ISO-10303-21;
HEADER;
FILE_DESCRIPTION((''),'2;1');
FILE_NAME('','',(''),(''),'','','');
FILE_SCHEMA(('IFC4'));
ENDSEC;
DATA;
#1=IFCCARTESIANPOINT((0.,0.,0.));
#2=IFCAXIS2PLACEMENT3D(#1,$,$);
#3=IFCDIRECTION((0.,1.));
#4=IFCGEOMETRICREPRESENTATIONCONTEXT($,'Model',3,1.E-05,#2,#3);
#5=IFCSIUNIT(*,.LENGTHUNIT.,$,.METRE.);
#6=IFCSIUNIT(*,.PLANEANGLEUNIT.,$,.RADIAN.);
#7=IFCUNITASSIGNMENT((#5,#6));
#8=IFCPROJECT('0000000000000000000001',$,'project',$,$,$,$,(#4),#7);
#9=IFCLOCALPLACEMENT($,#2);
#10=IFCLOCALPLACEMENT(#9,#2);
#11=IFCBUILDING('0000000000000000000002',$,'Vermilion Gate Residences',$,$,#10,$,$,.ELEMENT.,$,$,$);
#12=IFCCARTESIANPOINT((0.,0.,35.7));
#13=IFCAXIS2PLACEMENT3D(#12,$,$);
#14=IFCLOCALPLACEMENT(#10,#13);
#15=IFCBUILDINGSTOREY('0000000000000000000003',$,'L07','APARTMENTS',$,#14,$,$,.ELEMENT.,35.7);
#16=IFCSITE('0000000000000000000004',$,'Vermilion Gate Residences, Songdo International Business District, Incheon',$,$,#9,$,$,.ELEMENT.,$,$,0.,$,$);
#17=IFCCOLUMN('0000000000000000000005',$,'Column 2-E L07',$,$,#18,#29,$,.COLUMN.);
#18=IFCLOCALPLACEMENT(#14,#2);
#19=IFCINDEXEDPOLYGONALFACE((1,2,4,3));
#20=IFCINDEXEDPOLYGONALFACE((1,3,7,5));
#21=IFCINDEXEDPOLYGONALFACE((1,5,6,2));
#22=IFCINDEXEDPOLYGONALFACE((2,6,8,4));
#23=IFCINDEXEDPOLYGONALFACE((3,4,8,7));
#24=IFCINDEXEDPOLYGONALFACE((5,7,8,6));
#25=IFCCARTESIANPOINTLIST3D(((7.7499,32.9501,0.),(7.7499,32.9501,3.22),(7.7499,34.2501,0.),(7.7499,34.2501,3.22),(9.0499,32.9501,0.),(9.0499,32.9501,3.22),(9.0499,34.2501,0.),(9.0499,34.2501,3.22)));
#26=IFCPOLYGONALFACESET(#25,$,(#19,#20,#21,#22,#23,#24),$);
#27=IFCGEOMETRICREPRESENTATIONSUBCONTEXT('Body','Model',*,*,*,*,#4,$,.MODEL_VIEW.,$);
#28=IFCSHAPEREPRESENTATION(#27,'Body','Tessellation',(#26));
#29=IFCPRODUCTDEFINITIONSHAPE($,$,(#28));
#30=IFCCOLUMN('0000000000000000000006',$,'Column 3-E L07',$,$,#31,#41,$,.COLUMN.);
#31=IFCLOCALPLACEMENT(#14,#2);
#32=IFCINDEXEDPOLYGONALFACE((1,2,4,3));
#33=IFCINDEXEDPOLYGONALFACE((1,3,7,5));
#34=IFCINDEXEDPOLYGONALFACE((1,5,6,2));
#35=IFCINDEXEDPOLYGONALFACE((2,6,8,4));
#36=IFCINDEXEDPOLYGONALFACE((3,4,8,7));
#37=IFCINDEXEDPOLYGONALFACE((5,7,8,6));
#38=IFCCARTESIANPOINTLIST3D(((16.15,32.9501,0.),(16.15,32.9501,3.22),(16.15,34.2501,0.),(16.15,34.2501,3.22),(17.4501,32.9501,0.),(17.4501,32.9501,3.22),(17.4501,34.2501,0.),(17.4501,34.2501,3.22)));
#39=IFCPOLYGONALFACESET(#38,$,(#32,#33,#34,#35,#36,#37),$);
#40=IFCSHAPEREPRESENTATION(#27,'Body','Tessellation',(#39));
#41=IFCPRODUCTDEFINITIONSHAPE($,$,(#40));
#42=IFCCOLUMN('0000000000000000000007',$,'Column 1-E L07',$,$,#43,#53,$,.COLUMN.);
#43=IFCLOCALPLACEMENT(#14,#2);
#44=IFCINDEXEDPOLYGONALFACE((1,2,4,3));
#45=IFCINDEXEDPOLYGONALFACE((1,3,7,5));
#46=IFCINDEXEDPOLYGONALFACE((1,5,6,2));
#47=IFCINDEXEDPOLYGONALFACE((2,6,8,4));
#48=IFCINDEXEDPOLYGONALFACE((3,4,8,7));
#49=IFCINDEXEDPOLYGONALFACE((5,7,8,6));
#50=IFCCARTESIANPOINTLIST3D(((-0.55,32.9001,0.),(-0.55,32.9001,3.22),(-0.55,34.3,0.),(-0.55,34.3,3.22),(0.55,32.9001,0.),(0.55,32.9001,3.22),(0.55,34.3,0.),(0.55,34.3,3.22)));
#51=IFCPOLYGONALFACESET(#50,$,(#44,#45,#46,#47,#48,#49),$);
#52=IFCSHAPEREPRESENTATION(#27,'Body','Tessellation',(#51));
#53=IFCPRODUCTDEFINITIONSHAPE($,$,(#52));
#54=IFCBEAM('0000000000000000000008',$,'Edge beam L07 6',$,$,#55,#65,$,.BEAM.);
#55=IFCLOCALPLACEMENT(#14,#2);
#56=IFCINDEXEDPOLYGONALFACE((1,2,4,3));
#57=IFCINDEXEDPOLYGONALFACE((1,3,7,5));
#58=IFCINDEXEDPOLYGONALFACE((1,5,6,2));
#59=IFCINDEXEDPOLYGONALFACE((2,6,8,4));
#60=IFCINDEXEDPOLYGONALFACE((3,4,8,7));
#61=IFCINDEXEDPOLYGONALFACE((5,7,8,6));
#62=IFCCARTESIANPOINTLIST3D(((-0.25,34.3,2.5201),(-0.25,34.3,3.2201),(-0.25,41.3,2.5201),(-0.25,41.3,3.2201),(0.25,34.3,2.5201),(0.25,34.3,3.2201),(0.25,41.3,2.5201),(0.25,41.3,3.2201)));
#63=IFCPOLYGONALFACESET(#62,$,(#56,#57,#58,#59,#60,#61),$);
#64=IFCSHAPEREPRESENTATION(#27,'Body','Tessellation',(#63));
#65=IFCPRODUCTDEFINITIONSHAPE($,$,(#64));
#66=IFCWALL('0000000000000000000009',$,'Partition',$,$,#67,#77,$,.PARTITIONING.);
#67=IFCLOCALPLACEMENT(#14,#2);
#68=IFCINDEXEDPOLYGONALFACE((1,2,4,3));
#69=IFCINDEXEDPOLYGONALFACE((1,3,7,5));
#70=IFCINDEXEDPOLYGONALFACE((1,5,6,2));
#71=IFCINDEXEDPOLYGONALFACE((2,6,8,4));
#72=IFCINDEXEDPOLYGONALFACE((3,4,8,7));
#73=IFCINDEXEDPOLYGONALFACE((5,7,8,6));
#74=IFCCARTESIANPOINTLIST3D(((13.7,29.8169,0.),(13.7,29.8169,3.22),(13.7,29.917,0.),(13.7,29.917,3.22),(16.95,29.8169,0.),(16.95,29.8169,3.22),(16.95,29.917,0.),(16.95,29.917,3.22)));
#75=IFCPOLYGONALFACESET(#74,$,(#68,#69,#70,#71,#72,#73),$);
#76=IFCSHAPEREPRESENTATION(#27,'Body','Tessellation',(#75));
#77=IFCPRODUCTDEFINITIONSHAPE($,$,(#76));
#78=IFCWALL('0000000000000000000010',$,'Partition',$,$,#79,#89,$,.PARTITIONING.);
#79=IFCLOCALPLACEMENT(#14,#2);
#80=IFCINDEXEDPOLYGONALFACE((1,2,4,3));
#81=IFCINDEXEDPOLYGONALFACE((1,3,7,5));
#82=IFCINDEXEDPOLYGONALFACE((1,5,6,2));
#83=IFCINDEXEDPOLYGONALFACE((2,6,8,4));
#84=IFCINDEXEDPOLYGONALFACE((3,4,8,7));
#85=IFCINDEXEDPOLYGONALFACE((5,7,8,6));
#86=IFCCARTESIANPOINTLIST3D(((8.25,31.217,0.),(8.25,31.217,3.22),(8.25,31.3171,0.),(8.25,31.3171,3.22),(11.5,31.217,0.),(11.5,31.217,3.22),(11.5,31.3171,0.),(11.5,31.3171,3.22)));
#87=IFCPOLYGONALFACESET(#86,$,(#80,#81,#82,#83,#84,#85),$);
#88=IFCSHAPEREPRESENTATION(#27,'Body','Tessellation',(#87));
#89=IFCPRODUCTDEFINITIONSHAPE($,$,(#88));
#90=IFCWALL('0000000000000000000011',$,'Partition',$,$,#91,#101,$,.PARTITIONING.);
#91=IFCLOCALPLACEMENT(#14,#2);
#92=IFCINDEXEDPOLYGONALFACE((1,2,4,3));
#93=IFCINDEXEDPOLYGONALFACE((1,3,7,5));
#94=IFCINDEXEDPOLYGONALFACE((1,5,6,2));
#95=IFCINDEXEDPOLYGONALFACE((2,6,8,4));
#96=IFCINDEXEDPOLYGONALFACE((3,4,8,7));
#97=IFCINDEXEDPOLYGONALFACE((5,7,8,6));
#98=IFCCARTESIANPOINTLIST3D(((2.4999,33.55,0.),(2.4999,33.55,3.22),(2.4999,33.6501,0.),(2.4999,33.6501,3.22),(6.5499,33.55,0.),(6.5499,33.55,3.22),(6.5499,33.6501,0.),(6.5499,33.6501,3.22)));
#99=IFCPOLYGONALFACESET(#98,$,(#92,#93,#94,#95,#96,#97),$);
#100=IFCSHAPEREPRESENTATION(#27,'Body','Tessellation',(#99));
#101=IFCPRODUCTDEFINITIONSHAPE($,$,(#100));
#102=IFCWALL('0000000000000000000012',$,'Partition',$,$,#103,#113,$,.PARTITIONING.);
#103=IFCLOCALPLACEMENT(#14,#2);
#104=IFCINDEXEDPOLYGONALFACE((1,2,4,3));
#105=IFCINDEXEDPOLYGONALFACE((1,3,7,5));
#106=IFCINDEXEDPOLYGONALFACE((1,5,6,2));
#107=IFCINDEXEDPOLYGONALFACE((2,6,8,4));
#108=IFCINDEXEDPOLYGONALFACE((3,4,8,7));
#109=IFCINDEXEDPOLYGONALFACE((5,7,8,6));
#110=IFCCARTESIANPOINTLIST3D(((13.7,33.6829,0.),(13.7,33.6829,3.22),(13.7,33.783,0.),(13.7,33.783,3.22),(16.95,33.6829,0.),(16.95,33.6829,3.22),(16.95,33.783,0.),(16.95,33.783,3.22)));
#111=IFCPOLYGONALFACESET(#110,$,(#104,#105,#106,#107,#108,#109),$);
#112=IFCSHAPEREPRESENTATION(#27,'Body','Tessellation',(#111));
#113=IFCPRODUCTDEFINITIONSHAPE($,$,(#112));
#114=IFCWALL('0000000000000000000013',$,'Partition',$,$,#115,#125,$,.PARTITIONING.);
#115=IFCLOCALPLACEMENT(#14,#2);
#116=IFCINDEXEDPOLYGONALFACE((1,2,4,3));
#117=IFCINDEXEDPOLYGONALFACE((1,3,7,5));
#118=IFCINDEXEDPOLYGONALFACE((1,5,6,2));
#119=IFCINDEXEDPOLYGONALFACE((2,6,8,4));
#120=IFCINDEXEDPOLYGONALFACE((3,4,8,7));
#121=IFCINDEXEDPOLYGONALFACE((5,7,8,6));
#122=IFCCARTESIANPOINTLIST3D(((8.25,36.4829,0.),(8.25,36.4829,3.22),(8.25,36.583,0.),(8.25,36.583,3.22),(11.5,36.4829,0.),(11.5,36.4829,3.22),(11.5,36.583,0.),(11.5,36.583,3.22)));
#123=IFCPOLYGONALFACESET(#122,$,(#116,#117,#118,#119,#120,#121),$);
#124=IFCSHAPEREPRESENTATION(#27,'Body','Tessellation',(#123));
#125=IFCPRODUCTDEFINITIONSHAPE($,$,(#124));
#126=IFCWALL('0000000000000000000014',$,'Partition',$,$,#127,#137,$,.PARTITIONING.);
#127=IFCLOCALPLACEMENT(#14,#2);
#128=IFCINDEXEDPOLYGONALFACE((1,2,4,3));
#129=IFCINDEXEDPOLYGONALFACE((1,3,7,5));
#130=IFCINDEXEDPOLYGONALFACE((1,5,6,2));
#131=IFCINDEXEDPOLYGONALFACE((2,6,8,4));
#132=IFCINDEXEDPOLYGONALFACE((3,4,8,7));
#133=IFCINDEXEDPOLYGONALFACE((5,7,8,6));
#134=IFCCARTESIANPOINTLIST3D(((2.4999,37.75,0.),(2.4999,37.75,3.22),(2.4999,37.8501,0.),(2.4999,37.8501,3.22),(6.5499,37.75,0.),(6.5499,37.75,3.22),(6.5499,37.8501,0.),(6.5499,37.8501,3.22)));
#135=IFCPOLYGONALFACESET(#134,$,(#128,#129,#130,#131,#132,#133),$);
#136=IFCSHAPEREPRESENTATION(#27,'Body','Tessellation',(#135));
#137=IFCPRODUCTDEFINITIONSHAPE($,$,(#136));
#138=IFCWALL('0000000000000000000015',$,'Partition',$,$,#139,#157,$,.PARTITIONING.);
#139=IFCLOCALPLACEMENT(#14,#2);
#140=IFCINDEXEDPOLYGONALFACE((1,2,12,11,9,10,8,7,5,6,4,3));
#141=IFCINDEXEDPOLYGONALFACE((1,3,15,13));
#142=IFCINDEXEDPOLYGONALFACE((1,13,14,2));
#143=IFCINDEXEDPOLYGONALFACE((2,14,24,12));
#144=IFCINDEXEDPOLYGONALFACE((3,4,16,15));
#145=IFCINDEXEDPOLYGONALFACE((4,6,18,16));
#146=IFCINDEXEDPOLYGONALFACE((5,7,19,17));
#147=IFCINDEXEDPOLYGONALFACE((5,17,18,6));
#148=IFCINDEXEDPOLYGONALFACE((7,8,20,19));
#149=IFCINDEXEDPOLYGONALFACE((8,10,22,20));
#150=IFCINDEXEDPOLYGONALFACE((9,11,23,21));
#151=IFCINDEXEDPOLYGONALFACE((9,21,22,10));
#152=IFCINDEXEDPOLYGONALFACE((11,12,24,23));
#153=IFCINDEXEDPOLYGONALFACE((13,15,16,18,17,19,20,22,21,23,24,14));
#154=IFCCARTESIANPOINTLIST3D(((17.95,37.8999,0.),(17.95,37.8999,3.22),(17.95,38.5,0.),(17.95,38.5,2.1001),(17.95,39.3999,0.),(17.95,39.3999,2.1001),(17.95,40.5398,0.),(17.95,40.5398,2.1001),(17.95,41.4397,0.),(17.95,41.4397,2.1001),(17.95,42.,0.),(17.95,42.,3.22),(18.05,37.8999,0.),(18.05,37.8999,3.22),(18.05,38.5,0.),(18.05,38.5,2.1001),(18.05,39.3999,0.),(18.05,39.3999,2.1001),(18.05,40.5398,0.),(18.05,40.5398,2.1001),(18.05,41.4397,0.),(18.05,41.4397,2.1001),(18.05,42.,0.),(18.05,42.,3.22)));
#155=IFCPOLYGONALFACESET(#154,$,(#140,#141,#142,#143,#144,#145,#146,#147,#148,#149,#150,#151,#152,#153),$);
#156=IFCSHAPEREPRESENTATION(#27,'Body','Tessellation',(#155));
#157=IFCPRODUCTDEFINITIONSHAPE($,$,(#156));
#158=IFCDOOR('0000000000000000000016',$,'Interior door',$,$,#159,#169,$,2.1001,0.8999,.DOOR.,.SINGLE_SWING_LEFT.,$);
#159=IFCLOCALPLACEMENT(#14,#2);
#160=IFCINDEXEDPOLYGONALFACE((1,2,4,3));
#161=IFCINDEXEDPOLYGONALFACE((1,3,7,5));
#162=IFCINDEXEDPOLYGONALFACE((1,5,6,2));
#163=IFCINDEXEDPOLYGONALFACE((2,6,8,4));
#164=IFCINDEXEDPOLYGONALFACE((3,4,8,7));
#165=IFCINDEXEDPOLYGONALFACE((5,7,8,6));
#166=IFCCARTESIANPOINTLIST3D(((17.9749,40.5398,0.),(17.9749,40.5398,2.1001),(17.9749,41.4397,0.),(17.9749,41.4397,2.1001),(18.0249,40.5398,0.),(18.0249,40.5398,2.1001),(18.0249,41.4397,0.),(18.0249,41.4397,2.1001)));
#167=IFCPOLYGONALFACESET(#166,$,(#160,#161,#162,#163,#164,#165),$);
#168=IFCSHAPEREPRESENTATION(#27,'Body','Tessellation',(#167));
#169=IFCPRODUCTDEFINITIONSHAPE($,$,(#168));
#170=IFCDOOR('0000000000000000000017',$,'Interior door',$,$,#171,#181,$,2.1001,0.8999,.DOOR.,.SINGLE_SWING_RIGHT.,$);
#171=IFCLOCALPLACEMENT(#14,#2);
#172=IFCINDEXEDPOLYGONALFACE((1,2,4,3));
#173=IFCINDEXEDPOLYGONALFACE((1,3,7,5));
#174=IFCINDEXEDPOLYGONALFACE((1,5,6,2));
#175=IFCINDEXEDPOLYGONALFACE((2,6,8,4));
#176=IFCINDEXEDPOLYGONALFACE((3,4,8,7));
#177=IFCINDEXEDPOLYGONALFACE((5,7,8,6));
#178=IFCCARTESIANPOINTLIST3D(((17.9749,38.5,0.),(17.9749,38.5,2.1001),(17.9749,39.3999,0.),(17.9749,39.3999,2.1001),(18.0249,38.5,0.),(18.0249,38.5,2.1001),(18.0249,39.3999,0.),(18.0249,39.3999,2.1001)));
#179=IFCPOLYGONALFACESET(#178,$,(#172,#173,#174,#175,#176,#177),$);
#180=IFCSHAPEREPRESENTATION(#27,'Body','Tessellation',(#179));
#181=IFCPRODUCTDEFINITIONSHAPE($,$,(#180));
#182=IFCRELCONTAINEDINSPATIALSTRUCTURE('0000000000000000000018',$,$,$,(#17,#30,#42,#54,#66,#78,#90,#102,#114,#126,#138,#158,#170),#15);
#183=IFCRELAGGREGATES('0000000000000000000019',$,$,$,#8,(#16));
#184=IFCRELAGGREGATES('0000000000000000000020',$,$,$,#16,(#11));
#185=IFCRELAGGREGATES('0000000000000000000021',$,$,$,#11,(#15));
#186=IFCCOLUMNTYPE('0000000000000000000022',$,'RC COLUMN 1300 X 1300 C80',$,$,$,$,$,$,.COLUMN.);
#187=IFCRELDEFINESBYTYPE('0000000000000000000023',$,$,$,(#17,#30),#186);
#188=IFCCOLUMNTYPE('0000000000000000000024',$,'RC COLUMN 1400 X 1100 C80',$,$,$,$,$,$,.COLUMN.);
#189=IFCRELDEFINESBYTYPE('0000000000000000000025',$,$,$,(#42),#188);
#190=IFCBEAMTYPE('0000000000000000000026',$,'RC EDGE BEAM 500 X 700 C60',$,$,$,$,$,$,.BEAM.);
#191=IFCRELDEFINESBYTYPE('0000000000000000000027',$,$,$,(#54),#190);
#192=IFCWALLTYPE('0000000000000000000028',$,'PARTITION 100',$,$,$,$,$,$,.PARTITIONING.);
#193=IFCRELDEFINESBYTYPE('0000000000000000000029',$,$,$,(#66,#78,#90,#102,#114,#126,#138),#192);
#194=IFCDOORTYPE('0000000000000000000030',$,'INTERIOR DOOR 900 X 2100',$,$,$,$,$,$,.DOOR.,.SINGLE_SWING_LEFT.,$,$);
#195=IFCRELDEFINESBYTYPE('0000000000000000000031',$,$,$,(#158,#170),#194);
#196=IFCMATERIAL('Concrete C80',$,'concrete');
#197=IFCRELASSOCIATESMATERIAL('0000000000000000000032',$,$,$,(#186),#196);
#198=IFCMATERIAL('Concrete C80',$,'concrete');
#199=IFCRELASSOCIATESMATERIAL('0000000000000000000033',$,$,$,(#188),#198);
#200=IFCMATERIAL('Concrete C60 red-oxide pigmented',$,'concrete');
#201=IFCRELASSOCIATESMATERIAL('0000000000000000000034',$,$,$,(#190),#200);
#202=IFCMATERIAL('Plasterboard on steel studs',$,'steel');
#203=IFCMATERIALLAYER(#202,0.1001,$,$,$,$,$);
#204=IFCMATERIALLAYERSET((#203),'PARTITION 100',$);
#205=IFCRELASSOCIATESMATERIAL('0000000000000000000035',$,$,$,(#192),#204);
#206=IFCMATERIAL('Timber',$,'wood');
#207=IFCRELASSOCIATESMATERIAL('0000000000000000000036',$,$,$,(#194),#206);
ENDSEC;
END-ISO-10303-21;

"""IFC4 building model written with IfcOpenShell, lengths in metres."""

from ifc_helpers import new_model, si_unit, direction, frame, frame_2d, origin, origin_2d, place, context, subcontext, project, spatial, rectangle, extrude, material, layer, layer_set, material_profile, profile_set, type_object, element, fill, save


model = new_model("IFC4")

# Units and contexts
model_context = context("Model", 3, precision=1e-05, world=origin(), true_north=direction((0.0, 1.0)))
body_context = subcontext(model_context, "Body", "Model", "MODEL_VIEW")
ifc_project = project(units=[si_unit("LENGTHUNIT", "METRE"), si_unit("PLANEANGLEUNIT", "RADIAN")], contexts=[model_context])

# Site, building, storey
site_placement = place(None, origin())
site = spatial("IfcSite", under=ifc_project, at=site_placement, Name="Vermilion Gate Residences, Songdo International Business District, Incheon", CompositionType="ELEMENT", RefElevation=0.0)
building_placement = place(site_placement, origin())
building = spatial("IfcBuilding", under=site, at=building_placement, Name="Vermilion Gate Residences", CompositionType="ELEMENT")
storey_placement = place(building_placement, frame((0.0, 0.0, 35.7)))
storey = spatial("IfcBuildingStorey", under=building, at=storey_placement, Name="L07", Description="APARTMENTS", CompositionType="ELEMENT", Elevation=35.7)

# Columns
ifc_material_1 = material(Name="Concrete C80", Category="concrete")
ifc_material_profile_1 = material_profile(ifc_material_1, rectangle(XDim=1.3, YDim=1.3, at=origin_2d()), Name="RC-1300x1300")
ifc_profile_set_1 = profile_set([ifc_material_profile_1], Name="Concrete C80")
column_type_1 = type_object("IfcColumnType", Name="RC COLUMN 1300 X 1300 C80", PredefinedType="COLUMN", material=ifc_profile_set_1)
for number, where, z_axis, x_axis, name in (
    (1, (8.3999, 33.6001, 0.0), (0.0, 0.0, 1.0), (1.0, 0.0, 0.0), "Column 2-E L07"),
    (2, (16.8, 33.6001, 0.0), (0.0, 0.0, 1.0), (1.0, 0.0, 0.0), "Column 3-E L07"),
):
    element("IfcColumn", number, at=place(storey_placement, frame(where, z_axis=z_axis, x_axis=x_axis)), inside=storey, type_object=column_type_1, Name=name, PredefinedType="COLUMN", context=body_context, shape_type="SweptSolid", body=[
        extrude(rectangle(XDim=1.3, YDim=1.3, at=origin_2d()), origin(), (0.0, 0.0, 1.0), 3.22),
    ])
ifc_material_2 = material(Name="Concrete C80", Category="concrete")
ifc_material_profile_2 = material_profile(ifc_material_2, rectangle(XDim=1.3999, YDim=1.1001, at=origin_2d()), Name="RC-1400x1100")
ifc_profile_set_2 = profile_set([ifc_material_profile_2], Name="Concrete C80")
column_type_2 = type_object("IfcColumnType", Name="RC COLUMN 1400 X 1100 C80", PredefinedType="COLUMN", material=ifc_profile_set_2)
column_placement = place(storey_placement, frame((0.0, 33.6001, 0.0), z_axis=(0.0, 0.0, 1.0), x_axis=(0.0, 1.0, 0.0)))
element("IfcColumn", 3, at=column_placement, inside=storey, type_object=column_type_2, Name="Column 1-E L07", PredefinedType="COLUMN", context=body_context, shape_type="SweptSolid", body=[
    extrude(rectangle(XDim=1.3999, YDim=1.1001, at=origin_2d()), origin(), (0.0, 0.0, 1.0), 3.22),
])

# Beam
ifc_material_3 = material(Name="Concrete C60 red-oxide pigmented", Category="concrete")
ifc_material_profile_3 = material_profile(ifc_material_3, rectangle(XDim=0.5, YDim=0.7, at=origin_2d()), Name="RC-500x700")
ifc_profile_set_3 = profile_set([ifc_material_profile_3], Name="Concrete C60 red-oxide pigmented")
beam_type = type_object("IfcBeamType", Name="RC EDGE BEAM 500 X 700 C60", PredefinedType="BEAM", material=ifc_profile_set_3)
beam_placement = place(storey_placement, frame((0.0, 34.3, 2.8701), z_axis=(0.0, 1.0, 0.0), x_axis=(-1.0, 0.0, 0.0)))
element("IfcBeam", 4, at=beam_placement, inside=storey, type_object=beam_type, Name="Edge beam L07 6", PredefinedType="BEAM", context=body_context, shape_type="SweptSolid", body=[
    extrude(rectangle(XDim=0.5, YDim=0.7, at=origin_2d()), origin(), (0.0, 0.0, 1.0), 7.0),
])

# Walls
ifc_material_4 = material(Name="Plasterboard on steel studs", Category="steel")
ifc_layer_1 = layer(ifc_material_4, 0.1001)
ifc_layer_set_1 = layer_set([ifc_layer_1], Name="PARTITION 100")
wall_type_1 = type_object("IfcWallType", Name="PARTITION 100", PredefinedType="PARTITIONING", material=ifc_layer_set_1)
for number, where, z_axis, x_axis, name in (
    (5, (13.7, 29.8669, 0.0), (0.0, 0.0, 1.0), (1.0, 0.0, 0.0), "Partition"),
    (6, (8.25, 31.2671, 0.0), (0.0, 0.0, 1.0), (1.0, 0.0, 0.0), "Partition"),
):
    element("IfcWall", number, at=place(storey_placement, frame(where, z_axis=z_axis, x_axis=x_axis)), inside=storey, type_object=wall_type_1, Name=name, PredefinedType="PARTITIONING", context=body_context, shape_type="SweptSolid", body=[
        extrude(rectangle(XDim=3.25, YDim=0.1001, at=frame_2d((1.625, 0.0))), origin(), (0.0, 0.0, 1.0), 3.22),
    ])
wall_1_placement = place(storey_placement, frame((2.5, 33.6001, 0.0), z_axis=(0.0, 0.0, 1.0), x_axis=(1.0, 0.0, 0.0)))
element("IfcWall", 7, at=wall_1_placement, inside=storey, type_object=wall_type_1, Name="Partition", PredefinedType="PARTITIONING", context=body_context, shape_type="SweptSolid", body=[
    extrude(rectangle(XDim=4.05, YDim=0.1001, at=frame_2d((2.0249, 0.0))), origin(), (0.0, 0.0, 1.0), 3.22),
])
for number, where, z_axis, x_axis, name in (
    (8, (13.7, 33.7329, 0.0), (0.0, 0.0, 1.0), (1.0, 0.0, 0.0), "Partition"),
    (9, (8.25, 36.533, 0.0), (0.0, 0.0, 1.0), (1.0, 0.0, 0.0), "Partition"),
):
    element("IfcWall", number, at=place(storey_placement, frame(where, z_axis=z_axis, x_axis=x_axis)), inside=storey, type_object=wall_type_1, Name=name, PredefinedType="PARTITIONING", context=body_context, shape_type="SweptSolid", body=[
        extrude(rectangle(XDim=3.25, YDim=0.1001, at=frame_2d((1.625, 0.0))), origin(), (0.0, 0.0, 1.0), 3.22),
    ])
wall_2_placement = place(storey_placement, frame((2.5, 37.8, 0.0), z_axis=(0.0, 0.0, 1.0), x_axis=(1.0, 0.0, 0.0)))
element("IfcWall", 10, at=wall_2_placement, inside=storey, type_object=wall_type_1, Name="Partition", PredefinedType="PARTITIONING", context=body_context, shape_type="SweptSolid", body=[
    extrude(rectangle(XDim=4.05, YDim=0.1001, at=frame_2d((2.0249, 0.0))), origin(), (0.0, 0.0, 1.0), 3.22),
])

# Wall, openings, doors
wall_3_placement = place(storey_placement, frame((18.0, 37.8999, 0.0), z_axis=(0.0, 0.0, 1.0), x_axis=(0.0, 1.0, 0.0)))
wall_3 = element("IfcWall", 11, at=wall_3_placement, inside=storey, type_object=wall_type_1, Name="Partition", PredefinedType="PARTITIONING", context=body_context, shape_type="SweptSolid", body=[
    extrude(rectangle(XDim=4.1001, YDim=0.1001, at=frame_2d((2.05, 0.0))), origin(), (0.0, 0.0, 1.0), 3.22),
])
opening_1_placement = place(wall_3_placement, frame((2.6399, 0.0, 0.0)))
opening_1 = element("IfcOpeningElement", 12, at=opening_1_placement, cuts=wall_3, PredefinedType="OPENING", context=body_context, shape_type="SweptSolid", body=[
    extrude(rectangle(XDim=0.8999, YDim=2.1001, at=frame_2d((0.45, 1.05))), frame((0.0, 0.0601, 0.0), z_axis=(0.0, -1.0, 0.0), x_axis=(1.0, 0.0, 0.0)), (0.0, 0.0, 1.0), 0.1201),
])
opening_2_placement = place(wall_3_placement, frame((0.6001, 0.0, 0.0)))
opening_2 = element("IfcOpeningElement", 13, at=opening_2_placement, cuts=wall_3, PredefinedType="OPENING", context=body_context, shape_type="SweptSolid", body=[
    extrude(rectangle(XDim=0.8999, YDim=2.1001, at=frame_2d((0.45, 1.05))), frame((0.0, 0.0601, 0.0), z_axis=(0.0, -1.0, 0.0), x_axis=(1.0, 0.0, 0.0)), (0.0, 0.0, 1.0), 0.1201),
])
ifc_material_5 = material(Name="Timber", Category="wood")
door_type = type_object("IfcDoorType", Name="INTERIOR DOOR 900 X 2100", OperationType="SINGLE_SWING_LEFT", PredefinedType="DOOR", material=ifc_material_5)
door_1_placement = place(opening_1_placement, frame((0.8999, 0.0, 0.0), z_axis=(0.0, 0.0, 1.0), x_axis=(-1.0, 0.0, 0.0)))
door_1 = element("IfcDoor", 14, at=door_1_placement, inside=storey, type_object=door_type, Name="Interior door", OperationType="SINGLE_SWING_LEFT", OverallHeight=2.1001, OverallWidth=0.8999, PredefinedType="DOOR", context=body_context, shape_type="SweptSolid", body=[
    extrude(rectangle(XDim=0.8999, YDim=2.1001, at=frame_2d((0.45, 1.05))), frame((0.0, 0.0249, 0.0), z_axis=(0.0, -1.0, 0.0), x_axis=(1.0, 0.0, 0.0)), (0.0, 0.0, 1.0), 0.05),
])
fill(opening_1, door_1)
door_2_placement = place(opening_2_placement, frame((0.8999, 0.0, 0.0), z_axis=(0.0, 0.0, 1.0), x_axis=(-1.0, 0.0, 0.0)))
door_2 = element("IfcDoor", 15, at=door_2_placement, inside=storey, type_object=door_type, Name="Interior door", OperationType="SINGLE_SWING_RIGHT", OverallHeight=2.1001, OverallWidth=0.8999, PredefinedType="DOOR", context=body_context, shape_type="SweptSolid", body=[
    extrude(rectangle(XDim=0.8999, YDim=2.1001, at=frame_2d((0.45, 1.05))), frame((0.0, 0.0249, 0.0), z_axis=(0.0, -1.0, 0.0), x_axis=(1.0, 0.0, 0.0)), (0.0, 0.0, 1.0), 0.05),
])
fill(opening_2, door_2)

save(model, "model.ifc")
